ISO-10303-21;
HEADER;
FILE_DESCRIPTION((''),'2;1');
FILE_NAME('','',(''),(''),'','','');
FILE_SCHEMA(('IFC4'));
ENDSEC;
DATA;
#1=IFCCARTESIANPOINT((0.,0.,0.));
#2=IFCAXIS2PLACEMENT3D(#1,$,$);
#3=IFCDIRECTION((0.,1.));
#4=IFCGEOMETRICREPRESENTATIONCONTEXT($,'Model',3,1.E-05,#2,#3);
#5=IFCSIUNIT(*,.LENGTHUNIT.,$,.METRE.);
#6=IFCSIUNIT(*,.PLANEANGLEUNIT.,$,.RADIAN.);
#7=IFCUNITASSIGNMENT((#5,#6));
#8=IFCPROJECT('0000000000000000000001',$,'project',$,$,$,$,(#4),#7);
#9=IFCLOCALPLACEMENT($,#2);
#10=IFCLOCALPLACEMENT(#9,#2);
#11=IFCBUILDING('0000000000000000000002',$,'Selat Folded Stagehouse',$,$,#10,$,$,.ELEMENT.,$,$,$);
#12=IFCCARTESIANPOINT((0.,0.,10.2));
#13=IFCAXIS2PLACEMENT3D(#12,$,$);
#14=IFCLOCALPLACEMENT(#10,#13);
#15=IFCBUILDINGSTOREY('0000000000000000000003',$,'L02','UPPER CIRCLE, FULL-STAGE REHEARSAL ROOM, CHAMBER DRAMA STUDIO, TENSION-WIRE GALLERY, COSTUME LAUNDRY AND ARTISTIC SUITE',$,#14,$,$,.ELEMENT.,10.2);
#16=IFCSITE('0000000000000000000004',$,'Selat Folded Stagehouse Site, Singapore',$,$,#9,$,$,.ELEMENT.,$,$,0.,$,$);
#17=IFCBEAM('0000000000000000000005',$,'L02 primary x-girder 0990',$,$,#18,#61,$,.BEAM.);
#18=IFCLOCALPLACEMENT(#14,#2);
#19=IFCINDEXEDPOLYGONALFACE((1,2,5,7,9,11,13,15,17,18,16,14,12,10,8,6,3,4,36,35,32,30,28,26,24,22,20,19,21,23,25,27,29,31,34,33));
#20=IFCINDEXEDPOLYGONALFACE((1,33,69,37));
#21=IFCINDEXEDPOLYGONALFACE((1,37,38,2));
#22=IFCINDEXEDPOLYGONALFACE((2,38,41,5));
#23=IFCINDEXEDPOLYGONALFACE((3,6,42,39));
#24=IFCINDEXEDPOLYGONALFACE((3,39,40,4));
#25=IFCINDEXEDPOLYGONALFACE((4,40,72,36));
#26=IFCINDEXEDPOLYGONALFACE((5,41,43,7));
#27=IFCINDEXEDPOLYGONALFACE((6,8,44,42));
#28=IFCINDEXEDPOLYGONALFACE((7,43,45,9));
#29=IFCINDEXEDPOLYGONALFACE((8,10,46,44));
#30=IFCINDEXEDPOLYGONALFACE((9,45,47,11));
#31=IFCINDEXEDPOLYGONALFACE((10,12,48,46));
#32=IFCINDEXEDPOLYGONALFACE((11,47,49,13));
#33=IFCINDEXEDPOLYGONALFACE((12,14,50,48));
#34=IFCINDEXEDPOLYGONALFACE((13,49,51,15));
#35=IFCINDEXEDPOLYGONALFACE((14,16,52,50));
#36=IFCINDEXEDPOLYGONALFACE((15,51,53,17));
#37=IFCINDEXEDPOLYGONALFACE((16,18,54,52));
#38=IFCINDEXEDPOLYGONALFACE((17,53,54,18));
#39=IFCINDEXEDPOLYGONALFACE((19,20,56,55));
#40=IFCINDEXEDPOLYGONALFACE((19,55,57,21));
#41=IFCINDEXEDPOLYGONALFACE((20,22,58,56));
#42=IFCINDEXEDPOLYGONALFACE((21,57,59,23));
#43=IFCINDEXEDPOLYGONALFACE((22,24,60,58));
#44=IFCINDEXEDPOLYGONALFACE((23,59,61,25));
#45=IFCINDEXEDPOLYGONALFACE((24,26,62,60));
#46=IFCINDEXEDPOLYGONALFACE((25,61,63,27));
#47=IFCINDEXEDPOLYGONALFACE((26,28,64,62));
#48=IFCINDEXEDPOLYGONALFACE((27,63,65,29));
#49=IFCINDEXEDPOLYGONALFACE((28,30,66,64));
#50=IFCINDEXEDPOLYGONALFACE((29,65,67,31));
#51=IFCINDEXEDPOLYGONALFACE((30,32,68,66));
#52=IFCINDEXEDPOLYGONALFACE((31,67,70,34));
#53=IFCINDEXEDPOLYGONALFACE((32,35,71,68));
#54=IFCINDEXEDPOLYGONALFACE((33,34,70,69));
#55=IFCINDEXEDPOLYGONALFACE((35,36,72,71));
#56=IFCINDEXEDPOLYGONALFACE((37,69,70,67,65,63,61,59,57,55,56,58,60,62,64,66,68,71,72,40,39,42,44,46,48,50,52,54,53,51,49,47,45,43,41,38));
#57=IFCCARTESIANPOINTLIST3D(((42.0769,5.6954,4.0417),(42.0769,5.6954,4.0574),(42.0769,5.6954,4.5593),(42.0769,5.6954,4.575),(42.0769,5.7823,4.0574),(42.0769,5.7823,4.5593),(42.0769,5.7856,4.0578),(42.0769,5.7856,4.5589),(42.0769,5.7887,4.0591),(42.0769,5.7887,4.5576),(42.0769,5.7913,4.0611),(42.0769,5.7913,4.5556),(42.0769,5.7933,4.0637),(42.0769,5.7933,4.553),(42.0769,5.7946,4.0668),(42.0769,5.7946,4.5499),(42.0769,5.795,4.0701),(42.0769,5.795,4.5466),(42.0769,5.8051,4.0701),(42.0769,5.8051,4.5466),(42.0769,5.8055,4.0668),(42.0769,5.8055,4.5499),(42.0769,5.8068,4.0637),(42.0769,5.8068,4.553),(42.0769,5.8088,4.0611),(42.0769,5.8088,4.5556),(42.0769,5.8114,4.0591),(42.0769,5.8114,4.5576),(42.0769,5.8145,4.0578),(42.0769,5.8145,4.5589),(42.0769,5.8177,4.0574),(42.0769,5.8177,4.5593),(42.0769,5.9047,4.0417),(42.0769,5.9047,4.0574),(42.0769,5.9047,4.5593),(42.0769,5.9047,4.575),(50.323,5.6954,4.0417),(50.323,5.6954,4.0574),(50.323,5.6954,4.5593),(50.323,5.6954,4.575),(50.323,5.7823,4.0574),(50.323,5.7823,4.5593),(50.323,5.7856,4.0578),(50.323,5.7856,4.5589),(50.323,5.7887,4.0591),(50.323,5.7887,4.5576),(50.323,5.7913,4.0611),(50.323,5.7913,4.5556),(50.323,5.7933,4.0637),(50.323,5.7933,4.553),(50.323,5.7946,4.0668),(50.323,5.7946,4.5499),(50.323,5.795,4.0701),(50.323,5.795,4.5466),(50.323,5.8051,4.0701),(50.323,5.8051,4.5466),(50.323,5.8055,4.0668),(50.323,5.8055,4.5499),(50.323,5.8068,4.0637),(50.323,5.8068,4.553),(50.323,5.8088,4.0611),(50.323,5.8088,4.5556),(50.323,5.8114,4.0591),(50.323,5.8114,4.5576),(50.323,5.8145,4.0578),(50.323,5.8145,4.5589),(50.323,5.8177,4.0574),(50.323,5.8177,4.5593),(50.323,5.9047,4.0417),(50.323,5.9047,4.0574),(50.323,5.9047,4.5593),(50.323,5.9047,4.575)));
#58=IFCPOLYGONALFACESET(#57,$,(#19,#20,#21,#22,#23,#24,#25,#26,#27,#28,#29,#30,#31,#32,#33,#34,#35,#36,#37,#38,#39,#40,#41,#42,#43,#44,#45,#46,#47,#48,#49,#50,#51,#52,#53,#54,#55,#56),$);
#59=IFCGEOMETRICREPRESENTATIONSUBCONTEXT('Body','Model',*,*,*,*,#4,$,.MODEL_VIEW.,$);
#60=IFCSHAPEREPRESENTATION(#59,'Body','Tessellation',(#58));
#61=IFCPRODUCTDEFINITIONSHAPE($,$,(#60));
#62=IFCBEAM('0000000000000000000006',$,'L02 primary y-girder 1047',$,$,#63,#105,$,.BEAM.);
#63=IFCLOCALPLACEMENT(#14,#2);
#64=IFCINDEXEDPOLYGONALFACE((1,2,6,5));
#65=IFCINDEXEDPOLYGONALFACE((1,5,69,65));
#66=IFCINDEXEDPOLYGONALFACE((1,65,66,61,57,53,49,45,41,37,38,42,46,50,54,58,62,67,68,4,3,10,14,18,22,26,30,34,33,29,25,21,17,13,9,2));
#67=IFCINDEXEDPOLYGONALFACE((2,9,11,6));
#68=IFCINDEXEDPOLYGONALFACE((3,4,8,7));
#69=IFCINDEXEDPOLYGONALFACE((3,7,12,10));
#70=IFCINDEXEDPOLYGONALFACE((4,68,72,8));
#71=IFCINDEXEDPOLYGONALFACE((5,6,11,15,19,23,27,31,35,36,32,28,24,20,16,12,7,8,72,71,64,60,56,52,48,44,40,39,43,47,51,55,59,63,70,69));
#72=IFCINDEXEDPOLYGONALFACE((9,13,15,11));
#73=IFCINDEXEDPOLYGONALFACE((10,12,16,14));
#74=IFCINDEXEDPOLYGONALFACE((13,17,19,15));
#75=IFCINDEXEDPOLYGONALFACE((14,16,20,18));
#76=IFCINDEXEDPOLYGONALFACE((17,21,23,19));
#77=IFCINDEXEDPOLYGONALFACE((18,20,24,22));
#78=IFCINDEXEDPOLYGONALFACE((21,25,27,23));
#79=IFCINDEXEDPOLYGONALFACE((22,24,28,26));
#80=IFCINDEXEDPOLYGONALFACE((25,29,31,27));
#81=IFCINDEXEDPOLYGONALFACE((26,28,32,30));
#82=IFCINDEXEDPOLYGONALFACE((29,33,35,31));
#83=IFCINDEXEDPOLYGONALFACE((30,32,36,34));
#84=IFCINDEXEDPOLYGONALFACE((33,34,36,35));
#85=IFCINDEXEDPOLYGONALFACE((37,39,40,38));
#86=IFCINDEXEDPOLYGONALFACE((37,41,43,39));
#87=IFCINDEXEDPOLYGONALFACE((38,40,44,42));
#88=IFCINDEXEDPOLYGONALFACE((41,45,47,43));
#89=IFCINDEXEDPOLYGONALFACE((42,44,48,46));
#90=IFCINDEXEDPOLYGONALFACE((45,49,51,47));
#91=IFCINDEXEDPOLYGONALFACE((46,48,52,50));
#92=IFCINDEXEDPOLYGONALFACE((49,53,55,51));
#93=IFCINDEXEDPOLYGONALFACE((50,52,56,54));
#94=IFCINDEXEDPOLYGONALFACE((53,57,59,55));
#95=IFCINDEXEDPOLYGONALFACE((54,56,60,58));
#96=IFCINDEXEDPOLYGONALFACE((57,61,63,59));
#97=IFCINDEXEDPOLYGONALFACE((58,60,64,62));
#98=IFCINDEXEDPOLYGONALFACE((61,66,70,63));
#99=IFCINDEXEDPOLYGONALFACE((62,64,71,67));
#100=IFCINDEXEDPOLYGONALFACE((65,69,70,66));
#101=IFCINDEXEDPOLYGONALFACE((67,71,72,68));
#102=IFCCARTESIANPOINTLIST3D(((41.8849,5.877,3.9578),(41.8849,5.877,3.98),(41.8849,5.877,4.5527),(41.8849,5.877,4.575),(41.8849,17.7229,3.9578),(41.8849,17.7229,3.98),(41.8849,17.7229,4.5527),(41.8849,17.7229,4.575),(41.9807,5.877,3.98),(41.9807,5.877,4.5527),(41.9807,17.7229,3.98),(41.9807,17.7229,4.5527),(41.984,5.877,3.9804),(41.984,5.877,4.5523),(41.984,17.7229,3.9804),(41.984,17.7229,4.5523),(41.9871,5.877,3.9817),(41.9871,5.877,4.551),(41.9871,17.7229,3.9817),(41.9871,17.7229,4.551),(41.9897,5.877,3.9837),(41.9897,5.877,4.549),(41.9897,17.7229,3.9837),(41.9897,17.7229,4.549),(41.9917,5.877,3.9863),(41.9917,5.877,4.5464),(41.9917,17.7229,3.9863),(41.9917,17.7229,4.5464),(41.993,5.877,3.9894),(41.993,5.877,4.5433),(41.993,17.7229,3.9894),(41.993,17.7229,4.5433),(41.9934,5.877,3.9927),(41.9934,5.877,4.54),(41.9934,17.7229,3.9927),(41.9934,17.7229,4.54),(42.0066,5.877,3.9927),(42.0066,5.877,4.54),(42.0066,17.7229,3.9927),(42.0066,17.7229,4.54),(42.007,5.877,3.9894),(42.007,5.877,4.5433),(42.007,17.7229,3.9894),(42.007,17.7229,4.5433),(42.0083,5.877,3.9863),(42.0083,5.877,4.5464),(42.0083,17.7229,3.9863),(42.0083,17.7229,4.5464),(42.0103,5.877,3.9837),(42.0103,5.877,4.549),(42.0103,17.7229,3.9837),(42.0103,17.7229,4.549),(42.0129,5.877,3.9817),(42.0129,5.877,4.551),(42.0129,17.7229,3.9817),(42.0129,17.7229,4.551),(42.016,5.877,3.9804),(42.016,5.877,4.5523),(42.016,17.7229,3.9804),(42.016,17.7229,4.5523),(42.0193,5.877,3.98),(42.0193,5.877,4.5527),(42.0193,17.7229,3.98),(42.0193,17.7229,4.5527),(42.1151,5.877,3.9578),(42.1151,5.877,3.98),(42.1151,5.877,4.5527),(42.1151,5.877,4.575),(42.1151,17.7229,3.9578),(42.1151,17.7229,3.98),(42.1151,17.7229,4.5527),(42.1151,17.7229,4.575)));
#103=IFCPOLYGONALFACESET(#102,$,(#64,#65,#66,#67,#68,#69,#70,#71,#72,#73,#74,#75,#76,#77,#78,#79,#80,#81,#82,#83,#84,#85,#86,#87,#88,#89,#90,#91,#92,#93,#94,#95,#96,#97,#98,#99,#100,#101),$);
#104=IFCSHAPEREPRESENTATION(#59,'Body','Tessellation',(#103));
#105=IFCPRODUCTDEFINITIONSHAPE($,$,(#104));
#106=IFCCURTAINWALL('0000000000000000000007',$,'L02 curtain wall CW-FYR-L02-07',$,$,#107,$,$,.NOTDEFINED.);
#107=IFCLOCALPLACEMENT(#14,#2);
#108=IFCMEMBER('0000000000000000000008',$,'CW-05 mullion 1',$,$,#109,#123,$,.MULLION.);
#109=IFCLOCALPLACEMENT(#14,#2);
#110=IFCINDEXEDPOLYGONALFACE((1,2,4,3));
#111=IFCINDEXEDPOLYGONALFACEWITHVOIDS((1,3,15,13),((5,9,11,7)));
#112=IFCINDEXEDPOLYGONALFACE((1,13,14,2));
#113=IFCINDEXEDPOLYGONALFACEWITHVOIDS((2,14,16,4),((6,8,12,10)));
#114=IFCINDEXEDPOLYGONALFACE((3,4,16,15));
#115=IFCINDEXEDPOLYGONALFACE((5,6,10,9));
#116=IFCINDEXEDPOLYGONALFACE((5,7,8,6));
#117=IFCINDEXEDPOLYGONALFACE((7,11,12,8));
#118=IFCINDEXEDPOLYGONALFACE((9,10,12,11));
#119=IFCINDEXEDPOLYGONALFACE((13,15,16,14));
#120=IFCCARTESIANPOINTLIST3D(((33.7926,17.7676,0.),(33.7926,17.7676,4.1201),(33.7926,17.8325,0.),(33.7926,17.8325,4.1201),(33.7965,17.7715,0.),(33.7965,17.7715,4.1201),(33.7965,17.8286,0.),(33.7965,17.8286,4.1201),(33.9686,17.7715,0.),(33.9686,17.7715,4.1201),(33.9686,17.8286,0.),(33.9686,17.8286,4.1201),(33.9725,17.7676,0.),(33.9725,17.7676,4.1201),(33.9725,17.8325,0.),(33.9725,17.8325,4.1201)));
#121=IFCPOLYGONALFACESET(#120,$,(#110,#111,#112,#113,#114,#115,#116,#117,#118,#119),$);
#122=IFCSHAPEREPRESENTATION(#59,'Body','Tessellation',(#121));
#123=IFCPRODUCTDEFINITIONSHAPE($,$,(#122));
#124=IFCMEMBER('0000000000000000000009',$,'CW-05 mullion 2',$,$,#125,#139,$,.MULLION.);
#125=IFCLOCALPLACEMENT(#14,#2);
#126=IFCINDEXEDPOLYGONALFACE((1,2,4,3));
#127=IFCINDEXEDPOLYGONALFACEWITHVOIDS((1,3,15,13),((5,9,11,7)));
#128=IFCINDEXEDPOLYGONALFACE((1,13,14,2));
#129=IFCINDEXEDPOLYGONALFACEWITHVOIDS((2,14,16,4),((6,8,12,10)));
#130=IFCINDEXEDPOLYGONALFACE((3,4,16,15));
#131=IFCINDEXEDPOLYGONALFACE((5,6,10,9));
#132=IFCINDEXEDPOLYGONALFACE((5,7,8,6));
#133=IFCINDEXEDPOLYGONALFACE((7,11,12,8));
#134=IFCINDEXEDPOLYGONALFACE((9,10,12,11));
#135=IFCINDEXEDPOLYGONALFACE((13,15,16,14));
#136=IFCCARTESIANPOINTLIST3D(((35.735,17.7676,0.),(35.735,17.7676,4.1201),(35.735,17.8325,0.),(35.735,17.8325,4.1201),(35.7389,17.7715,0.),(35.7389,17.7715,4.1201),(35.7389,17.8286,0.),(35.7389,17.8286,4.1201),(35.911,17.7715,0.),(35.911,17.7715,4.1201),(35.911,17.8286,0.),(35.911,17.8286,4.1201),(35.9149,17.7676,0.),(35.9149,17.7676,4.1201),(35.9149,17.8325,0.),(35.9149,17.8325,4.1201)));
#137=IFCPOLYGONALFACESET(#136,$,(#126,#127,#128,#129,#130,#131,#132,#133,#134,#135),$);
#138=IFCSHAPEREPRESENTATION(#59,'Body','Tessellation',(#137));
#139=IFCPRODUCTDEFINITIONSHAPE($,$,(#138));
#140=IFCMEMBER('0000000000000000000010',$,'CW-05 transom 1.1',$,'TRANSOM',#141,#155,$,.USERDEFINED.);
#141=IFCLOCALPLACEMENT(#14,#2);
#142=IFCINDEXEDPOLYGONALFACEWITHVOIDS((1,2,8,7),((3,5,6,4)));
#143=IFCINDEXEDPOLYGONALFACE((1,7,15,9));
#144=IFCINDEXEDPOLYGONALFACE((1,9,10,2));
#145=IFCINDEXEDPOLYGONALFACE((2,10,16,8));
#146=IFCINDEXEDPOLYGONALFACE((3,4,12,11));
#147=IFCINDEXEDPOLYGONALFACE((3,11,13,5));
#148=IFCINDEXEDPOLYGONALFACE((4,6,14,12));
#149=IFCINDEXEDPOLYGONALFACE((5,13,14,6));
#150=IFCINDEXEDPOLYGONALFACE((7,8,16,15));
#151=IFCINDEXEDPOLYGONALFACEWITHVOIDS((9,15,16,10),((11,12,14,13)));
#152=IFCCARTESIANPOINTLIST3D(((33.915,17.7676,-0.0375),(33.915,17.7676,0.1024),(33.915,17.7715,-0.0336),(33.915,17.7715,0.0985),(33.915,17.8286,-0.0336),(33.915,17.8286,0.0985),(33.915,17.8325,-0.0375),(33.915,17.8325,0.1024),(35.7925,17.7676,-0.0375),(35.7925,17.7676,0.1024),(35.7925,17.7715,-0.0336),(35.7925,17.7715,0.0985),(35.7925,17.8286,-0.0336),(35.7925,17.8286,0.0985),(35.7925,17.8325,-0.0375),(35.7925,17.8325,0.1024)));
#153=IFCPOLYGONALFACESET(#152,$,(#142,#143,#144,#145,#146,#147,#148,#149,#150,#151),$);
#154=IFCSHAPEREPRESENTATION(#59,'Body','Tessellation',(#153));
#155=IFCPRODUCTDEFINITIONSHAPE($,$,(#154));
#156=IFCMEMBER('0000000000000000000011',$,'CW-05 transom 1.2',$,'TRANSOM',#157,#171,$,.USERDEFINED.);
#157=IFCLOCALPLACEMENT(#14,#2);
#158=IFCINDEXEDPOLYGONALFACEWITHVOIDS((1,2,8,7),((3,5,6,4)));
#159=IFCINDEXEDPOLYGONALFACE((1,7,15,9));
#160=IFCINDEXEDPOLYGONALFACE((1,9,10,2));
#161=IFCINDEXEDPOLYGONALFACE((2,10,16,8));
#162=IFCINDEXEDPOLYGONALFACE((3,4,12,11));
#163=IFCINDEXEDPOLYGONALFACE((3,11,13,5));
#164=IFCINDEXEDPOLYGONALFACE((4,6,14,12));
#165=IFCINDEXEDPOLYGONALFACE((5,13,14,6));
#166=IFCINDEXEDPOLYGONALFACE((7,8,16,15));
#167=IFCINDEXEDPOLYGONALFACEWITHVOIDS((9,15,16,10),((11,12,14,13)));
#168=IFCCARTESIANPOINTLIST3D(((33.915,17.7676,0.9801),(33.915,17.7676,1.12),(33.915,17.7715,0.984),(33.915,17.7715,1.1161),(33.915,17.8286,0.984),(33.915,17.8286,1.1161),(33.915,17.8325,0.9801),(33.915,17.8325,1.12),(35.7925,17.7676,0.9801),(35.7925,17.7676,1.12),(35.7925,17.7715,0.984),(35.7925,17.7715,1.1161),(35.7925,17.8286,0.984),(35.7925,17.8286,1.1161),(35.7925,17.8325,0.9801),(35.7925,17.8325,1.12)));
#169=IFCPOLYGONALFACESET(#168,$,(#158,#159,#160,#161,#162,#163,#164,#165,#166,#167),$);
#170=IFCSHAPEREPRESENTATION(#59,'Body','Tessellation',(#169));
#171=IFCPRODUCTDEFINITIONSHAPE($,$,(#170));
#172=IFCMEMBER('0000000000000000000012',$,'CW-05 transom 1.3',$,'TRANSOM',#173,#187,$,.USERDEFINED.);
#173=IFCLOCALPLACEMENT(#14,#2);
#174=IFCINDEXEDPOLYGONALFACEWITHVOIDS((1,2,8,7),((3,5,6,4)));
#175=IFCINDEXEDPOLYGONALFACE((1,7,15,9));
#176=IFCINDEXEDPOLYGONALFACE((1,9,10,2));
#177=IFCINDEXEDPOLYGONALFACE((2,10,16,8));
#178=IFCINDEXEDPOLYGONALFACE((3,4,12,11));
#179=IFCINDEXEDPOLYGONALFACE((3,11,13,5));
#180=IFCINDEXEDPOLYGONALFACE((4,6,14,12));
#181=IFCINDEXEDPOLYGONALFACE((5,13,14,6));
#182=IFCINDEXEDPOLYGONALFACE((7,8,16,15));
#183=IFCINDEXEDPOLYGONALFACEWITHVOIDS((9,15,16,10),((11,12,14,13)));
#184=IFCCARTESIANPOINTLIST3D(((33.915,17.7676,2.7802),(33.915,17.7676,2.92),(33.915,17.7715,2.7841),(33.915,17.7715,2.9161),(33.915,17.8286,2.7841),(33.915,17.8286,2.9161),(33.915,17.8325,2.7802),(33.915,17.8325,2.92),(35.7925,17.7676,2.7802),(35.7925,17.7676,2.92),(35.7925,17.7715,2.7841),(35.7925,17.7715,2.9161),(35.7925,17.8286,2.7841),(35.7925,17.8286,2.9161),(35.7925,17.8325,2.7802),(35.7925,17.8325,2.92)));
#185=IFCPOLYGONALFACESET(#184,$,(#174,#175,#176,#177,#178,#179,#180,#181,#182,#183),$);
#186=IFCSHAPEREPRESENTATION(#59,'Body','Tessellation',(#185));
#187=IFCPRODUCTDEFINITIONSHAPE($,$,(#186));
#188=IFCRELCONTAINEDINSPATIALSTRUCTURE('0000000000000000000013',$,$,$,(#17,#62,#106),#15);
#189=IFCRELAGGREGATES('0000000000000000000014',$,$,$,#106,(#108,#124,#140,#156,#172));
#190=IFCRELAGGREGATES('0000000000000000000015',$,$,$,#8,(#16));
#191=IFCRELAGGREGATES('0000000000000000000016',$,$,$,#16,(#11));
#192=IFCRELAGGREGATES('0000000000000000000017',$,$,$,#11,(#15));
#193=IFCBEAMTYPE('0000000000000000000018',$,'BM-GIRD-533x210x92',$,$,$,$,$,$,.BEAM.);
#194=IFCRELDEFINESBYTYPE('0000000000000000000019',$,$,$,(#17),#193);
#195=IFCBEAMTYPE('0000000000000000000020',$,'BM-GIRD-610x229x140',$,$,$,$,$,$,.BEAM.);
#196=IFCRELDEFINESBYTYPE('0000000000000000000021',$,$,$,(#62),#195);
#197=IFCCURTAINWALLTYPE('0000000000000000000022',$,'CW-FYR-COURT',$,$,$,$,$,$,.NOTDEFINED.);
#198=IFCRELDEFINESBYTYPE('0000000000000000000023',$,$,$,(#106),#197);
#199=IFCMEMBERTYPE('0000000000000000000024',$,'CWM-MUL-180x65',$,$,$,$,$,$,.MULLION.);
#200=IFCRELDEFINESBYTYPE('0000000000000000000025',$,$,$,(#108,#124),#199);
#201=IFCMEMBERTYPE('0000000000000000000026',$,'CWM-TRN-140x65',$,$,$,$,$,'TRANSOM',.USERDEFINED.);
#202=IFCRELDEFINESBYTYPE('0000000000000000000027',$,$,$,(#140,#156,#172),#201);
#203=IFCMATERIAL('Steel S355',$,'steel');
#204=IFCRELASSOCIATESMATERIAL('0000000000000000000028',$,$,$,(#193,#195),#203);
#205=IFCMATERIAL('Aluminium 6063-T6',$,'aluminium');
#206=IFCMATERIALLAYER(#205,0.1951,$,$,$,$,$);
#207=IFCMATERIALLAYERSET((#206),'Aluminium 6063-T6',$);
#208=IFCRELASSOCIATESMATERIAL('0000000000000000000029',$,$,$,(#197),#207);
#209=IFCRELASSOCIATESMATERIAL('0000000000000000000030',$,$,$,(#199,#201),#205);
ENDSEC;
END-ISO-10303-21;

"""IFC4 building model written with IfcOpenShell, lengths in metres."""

from ifc_helpers import new_model, si_unit, direction, frame, origin, origin_2d, place, context, subcontext, project, spatial, hollow_rectangle, i_section, extrude, material, layer, layer_set, material_profile, profile_set, type_object, element, aggregate, save


model = new_model("IFC4")

# Units and contexts
model_context = context("Model", 3, precision=1e-05, world=origin(), true_north=direction((0.0, 1.0)))
body_context = subcontext(model_context, "Body", "Model", "MODEL_VIEW")
ifc_project = project(units=[si_unit("LENGTHUNIT", "METRE"), si_unit("PLANEANGLEUNIT", "RADIAN")], contexts=[model_context])

# Site, building, storey
site_placement = place(None, origin())
site = spatial("IfcSite", under=ifc_project, at=site_placement, Name="Selat Folded Stagehouse Site, Singapore", CompositionType="ELEMENT", RefElevation=0.0)
building_placement = place(site_placement, origin())
building = spatial("IfcBuilding", under=site, at=building_placement, Name="Selat Folded Stagehouse", CompositionType="ELEMENT")
storey_placement = place(building_placement, frame((0.0, 0.0, 10.2)))
storey = spatial("IfcBuildingStorey", under=building, at=storey_placement, Name="L02", Description="UPPER CIRCLE, FULL-STAGE REHEARSAL ROOM, CHAMBER DRAMA STUDIO, TENSION-WIRE GALLERY, COSTUME LAUNDRY AND ARTISTIC SUITE", CompositionType="ELEMENT", Elevation=10.2)

# Shared definitions
ifc_material_1 = material(Name="Steel S355", Category="steel")

# Beams
ifc_material_profile_1 = material_profile(ifc_material_1, i_section(OverallWidth=0.2092, OverallDepth=0.5332, WebThickness=0.01, FlangeThickness=0.0156, FilletRadius=0.0127, at=origin_2d()), Name="UKB 533x210x92")
ifc_profile_set_1 = profile_set([ifc_material_profile_1], Name="Steel S355")
beam_type_1 = type_object("IfcBeamType", Name="BM-GIRD-533x210x92", PredefinedType="BEAM", material=ifc_profile_set_1)
beam_1_placement = place(storey_placement, frame((42.0769, 5.8, 4.3083), z_axis=(1.0, 0.0, 0.0), x_axis=(0.0, 1.0, 0.0)))
element("IfcBeam", 1, at=beam_1_placement, inside=storey, type_object=beam_type_1, Name="L02 primary x-girder 0990", PredefinedType="BEAM", context=body_context, shape_type="SweptSolid", body=[
    extrude(i_section(OverallWidth=0.2092, OverallDepth=0.5332, WebThickness=0.01, FlangeThickness=0.0156, FilletRadius=0.0127, at=origin_2d()), origin(), (0.0, 0.0, 1.0), 8.2461),
])
ifc_material_profile_2 = material_profile(ifc_material_1, i_section(OverallWidth=0.2302, OverallDepth=0.6172, WebThickness=0.0132, FlangeThickness=0.0222, FilletRadius=0.0127, at=origin_2d()), Name="UKB 610x229x140")
ifc_profile_set_2 = profile_set([ifc_material_profile_2], Name="Steel S355")
beam_type_2 = type_object("IfcBeamType", Name="BM-GIRD-610x229x140", PredefinedType="BEAM", material=ifc_profile_set_2)
beam_2_placement = place(storey_placement, frame((42.0, 5.877, 4.2664), z_axis=(0.0, 1.0, 0.0), x_axis=(-1.0, 0.0, 0.0)))
element("IfcBeam", 2, at=beam_2_placement, inside=storey, type_object=beam_type_2, Name="L02 primary y-girder 1047", PredefinedType="BEAM", context=body_context, shape_type="SweptSolid", body=[
    extrude(i_section(OverallWidth=0.2302, OverallDepth=0.6172, WebThickness=0.0132, FlangeThickness=0.0222, FilletRadius=0.0127, at=origin_2d()), origin(), (0.0, 0.0, 1.0), 11.8459),
])

# Curtain wall, members
ifc_material_2 = material(Name="Aluminium 6063-T6", Category="aluminium")
ifc_layer_1 = layer(ifc_material_2, 0.1951)
ifc_layer_set_1 = layer_set([ifc_layer_1], Name="Aluminium 6063-T6")
curtain_wall_type = type_object("IfcCurtainWallType", Name="CW-FYR-COURT", PredefinedType="NOTDEFINED", material=ifc_layer_set_1)
curtain_wall_placement = place(storey_placement, origin())
curtain_wall = element("IfcCurtainWall", 3, at=curtain_wall_placement, inside=storey, type_object=curtain_wall_type, Name="L02 curtain wall CW-FYR-L02-07", PredefinedType="NOTDEFINED")
ifc_material_profile_3 = material_profile(ifc_material_2, hollow_rectangle(XDim=0.0649, YDim=0.1799, WallThickness=0.0039, at=origin_2d()), Name="ALU 180x65x4.0")
ifc_profile_set_3 = profile_set([ifc_material_profile_3], Name="Aluminium 6063-T6")
member_type_1 = type_object("IfcMemberType", Name="CWM-MUL-180x65", PredefinedType="MULLION", material=ifc_profile_set_3)
member_1_placement = place(storey_placement, frame((33.8826, 17.8, 0.0), z_axis=(0.0, 0.0, 1.0), x_axis=(0.0, 1.0, 0.0)))
member_1 = element("IfcMember", 4, at=member_1_placement, type_object=member_type_1, Name="CW-05 mullion 1", PredefinedType="MULLION", context=body_context, shape_type="SweptSolid", body=[
    extrude(hollow_rectangle(XDim=0.0649, YDim=0.1799, WallThickness=0.0039, at=origin_2d()), origin(), (0.0, 0.0, 1.0), 4.1201),
])
member_2_placement = place(storey_placement, frame((35.825, 17.8, 0.0), z_axis=(0.0, 0.0, 1.0), x_axis=(0.0, 1.0, 0.0)))
member_2 = element("IfcMember", 5, at=member_2_placement, type_object=member_type_1, Name="CW-05 mullion 2", PredefinedType="MULLION", context=body_context, shape_type="SweptSolid", body=[
    extrude(hollow_rectangle(XDim=0.0649, YDim=0.1799, WallThickness=0.0039, at=origin_2d()), origin(), (0.0, 0.0, 1.0), 4.1201),
])
ifc_material_profile_4 = material_profile(ifc_material_2, hollow_rectangle(XDim=0.0649, YDim=0.1399, WallThickness=0.0039, at=origin_2d()), Name="ALU 140x65x4.0")
ifc_profile_set_4 = profile_set([ifc_material_profile_4], Name="Aluminium 6063-T6")
member_type_2 = type_object("IfcMemberType", Name="CWM-TRN-140x65", ElementType="TRANSOM", PredefinedType="USERDEFINED", material=ifc_profile_set_4)
member_3_placement = place(storey_placement, frame((33.915, 17.8, 0.0325), z_axis=(1.0, 0.0, 0.0), x_axis=(0.0, 1.0, 0.0)))
member_3 = element("IfcMember", 6, at=member_3_placement, type_object=member_type_2, Name="CW-05 transom 1.1", ObjectType="TRANSOM", PredefinedType="USERDEFINED", context=body_context, shape_type="SweptSolid", body=[
    extrude(hollow_rectangle(XDim=0.0649, YDim=0.1399, WallThickness=0.0039, at=origin_2d()), origin(), (0.0, 0.0, 1.0), 1.8774),
])
member_4_placement = place(storey_placement, frame((33.915, 17.8, 1.05), z_axis=(1.0, 0.0, 0.0), x_axis=(0.0, 1.0, 0.0)))
member_4 = element("IfcMember", 7, at=member_4_placement, type_object=member_type_2, Name="CW-05 transom 1.2", ObjectType="TRANSOM", PredefinedType="USERDEFINED", context=body_context, shape_type="SweptSolid", body=[
    extrude(hollow_rectangle(XDim=0.0649, YDim=0.1399, WallThickness=0.0039, at=origin_2d()), origin(), (0.0, 0.0, 1.0), 1.8774),
])
member_5_placement = place(storey_placement, frame((33.915, 17.8, 2.8501), z_axis=(1.0, 0.0, 0.0), x_axis=(0.0, 1.0, 0.0)))
member_5 = element("IfcMember", 8, at=member_5_placement, type_object=member_type_2, Name="CW-05 transom 1.3", ObjectType="TRANSOM", PredefinedType="USERDEFINED", context=body_context, shape_type="SweptSolid", body=[
    extrude(hollow_rectangle(XDim=0.0649, YDim=0.1399, WallThickness=0.0039, at=origin_2d()), origin(), (0.0, 0.0, 1.0), 1.8774),
])

aggregate(curtain_wall, [member_1, member_2, member_3, member_4, member_5])

save(model, "model.ifc")
